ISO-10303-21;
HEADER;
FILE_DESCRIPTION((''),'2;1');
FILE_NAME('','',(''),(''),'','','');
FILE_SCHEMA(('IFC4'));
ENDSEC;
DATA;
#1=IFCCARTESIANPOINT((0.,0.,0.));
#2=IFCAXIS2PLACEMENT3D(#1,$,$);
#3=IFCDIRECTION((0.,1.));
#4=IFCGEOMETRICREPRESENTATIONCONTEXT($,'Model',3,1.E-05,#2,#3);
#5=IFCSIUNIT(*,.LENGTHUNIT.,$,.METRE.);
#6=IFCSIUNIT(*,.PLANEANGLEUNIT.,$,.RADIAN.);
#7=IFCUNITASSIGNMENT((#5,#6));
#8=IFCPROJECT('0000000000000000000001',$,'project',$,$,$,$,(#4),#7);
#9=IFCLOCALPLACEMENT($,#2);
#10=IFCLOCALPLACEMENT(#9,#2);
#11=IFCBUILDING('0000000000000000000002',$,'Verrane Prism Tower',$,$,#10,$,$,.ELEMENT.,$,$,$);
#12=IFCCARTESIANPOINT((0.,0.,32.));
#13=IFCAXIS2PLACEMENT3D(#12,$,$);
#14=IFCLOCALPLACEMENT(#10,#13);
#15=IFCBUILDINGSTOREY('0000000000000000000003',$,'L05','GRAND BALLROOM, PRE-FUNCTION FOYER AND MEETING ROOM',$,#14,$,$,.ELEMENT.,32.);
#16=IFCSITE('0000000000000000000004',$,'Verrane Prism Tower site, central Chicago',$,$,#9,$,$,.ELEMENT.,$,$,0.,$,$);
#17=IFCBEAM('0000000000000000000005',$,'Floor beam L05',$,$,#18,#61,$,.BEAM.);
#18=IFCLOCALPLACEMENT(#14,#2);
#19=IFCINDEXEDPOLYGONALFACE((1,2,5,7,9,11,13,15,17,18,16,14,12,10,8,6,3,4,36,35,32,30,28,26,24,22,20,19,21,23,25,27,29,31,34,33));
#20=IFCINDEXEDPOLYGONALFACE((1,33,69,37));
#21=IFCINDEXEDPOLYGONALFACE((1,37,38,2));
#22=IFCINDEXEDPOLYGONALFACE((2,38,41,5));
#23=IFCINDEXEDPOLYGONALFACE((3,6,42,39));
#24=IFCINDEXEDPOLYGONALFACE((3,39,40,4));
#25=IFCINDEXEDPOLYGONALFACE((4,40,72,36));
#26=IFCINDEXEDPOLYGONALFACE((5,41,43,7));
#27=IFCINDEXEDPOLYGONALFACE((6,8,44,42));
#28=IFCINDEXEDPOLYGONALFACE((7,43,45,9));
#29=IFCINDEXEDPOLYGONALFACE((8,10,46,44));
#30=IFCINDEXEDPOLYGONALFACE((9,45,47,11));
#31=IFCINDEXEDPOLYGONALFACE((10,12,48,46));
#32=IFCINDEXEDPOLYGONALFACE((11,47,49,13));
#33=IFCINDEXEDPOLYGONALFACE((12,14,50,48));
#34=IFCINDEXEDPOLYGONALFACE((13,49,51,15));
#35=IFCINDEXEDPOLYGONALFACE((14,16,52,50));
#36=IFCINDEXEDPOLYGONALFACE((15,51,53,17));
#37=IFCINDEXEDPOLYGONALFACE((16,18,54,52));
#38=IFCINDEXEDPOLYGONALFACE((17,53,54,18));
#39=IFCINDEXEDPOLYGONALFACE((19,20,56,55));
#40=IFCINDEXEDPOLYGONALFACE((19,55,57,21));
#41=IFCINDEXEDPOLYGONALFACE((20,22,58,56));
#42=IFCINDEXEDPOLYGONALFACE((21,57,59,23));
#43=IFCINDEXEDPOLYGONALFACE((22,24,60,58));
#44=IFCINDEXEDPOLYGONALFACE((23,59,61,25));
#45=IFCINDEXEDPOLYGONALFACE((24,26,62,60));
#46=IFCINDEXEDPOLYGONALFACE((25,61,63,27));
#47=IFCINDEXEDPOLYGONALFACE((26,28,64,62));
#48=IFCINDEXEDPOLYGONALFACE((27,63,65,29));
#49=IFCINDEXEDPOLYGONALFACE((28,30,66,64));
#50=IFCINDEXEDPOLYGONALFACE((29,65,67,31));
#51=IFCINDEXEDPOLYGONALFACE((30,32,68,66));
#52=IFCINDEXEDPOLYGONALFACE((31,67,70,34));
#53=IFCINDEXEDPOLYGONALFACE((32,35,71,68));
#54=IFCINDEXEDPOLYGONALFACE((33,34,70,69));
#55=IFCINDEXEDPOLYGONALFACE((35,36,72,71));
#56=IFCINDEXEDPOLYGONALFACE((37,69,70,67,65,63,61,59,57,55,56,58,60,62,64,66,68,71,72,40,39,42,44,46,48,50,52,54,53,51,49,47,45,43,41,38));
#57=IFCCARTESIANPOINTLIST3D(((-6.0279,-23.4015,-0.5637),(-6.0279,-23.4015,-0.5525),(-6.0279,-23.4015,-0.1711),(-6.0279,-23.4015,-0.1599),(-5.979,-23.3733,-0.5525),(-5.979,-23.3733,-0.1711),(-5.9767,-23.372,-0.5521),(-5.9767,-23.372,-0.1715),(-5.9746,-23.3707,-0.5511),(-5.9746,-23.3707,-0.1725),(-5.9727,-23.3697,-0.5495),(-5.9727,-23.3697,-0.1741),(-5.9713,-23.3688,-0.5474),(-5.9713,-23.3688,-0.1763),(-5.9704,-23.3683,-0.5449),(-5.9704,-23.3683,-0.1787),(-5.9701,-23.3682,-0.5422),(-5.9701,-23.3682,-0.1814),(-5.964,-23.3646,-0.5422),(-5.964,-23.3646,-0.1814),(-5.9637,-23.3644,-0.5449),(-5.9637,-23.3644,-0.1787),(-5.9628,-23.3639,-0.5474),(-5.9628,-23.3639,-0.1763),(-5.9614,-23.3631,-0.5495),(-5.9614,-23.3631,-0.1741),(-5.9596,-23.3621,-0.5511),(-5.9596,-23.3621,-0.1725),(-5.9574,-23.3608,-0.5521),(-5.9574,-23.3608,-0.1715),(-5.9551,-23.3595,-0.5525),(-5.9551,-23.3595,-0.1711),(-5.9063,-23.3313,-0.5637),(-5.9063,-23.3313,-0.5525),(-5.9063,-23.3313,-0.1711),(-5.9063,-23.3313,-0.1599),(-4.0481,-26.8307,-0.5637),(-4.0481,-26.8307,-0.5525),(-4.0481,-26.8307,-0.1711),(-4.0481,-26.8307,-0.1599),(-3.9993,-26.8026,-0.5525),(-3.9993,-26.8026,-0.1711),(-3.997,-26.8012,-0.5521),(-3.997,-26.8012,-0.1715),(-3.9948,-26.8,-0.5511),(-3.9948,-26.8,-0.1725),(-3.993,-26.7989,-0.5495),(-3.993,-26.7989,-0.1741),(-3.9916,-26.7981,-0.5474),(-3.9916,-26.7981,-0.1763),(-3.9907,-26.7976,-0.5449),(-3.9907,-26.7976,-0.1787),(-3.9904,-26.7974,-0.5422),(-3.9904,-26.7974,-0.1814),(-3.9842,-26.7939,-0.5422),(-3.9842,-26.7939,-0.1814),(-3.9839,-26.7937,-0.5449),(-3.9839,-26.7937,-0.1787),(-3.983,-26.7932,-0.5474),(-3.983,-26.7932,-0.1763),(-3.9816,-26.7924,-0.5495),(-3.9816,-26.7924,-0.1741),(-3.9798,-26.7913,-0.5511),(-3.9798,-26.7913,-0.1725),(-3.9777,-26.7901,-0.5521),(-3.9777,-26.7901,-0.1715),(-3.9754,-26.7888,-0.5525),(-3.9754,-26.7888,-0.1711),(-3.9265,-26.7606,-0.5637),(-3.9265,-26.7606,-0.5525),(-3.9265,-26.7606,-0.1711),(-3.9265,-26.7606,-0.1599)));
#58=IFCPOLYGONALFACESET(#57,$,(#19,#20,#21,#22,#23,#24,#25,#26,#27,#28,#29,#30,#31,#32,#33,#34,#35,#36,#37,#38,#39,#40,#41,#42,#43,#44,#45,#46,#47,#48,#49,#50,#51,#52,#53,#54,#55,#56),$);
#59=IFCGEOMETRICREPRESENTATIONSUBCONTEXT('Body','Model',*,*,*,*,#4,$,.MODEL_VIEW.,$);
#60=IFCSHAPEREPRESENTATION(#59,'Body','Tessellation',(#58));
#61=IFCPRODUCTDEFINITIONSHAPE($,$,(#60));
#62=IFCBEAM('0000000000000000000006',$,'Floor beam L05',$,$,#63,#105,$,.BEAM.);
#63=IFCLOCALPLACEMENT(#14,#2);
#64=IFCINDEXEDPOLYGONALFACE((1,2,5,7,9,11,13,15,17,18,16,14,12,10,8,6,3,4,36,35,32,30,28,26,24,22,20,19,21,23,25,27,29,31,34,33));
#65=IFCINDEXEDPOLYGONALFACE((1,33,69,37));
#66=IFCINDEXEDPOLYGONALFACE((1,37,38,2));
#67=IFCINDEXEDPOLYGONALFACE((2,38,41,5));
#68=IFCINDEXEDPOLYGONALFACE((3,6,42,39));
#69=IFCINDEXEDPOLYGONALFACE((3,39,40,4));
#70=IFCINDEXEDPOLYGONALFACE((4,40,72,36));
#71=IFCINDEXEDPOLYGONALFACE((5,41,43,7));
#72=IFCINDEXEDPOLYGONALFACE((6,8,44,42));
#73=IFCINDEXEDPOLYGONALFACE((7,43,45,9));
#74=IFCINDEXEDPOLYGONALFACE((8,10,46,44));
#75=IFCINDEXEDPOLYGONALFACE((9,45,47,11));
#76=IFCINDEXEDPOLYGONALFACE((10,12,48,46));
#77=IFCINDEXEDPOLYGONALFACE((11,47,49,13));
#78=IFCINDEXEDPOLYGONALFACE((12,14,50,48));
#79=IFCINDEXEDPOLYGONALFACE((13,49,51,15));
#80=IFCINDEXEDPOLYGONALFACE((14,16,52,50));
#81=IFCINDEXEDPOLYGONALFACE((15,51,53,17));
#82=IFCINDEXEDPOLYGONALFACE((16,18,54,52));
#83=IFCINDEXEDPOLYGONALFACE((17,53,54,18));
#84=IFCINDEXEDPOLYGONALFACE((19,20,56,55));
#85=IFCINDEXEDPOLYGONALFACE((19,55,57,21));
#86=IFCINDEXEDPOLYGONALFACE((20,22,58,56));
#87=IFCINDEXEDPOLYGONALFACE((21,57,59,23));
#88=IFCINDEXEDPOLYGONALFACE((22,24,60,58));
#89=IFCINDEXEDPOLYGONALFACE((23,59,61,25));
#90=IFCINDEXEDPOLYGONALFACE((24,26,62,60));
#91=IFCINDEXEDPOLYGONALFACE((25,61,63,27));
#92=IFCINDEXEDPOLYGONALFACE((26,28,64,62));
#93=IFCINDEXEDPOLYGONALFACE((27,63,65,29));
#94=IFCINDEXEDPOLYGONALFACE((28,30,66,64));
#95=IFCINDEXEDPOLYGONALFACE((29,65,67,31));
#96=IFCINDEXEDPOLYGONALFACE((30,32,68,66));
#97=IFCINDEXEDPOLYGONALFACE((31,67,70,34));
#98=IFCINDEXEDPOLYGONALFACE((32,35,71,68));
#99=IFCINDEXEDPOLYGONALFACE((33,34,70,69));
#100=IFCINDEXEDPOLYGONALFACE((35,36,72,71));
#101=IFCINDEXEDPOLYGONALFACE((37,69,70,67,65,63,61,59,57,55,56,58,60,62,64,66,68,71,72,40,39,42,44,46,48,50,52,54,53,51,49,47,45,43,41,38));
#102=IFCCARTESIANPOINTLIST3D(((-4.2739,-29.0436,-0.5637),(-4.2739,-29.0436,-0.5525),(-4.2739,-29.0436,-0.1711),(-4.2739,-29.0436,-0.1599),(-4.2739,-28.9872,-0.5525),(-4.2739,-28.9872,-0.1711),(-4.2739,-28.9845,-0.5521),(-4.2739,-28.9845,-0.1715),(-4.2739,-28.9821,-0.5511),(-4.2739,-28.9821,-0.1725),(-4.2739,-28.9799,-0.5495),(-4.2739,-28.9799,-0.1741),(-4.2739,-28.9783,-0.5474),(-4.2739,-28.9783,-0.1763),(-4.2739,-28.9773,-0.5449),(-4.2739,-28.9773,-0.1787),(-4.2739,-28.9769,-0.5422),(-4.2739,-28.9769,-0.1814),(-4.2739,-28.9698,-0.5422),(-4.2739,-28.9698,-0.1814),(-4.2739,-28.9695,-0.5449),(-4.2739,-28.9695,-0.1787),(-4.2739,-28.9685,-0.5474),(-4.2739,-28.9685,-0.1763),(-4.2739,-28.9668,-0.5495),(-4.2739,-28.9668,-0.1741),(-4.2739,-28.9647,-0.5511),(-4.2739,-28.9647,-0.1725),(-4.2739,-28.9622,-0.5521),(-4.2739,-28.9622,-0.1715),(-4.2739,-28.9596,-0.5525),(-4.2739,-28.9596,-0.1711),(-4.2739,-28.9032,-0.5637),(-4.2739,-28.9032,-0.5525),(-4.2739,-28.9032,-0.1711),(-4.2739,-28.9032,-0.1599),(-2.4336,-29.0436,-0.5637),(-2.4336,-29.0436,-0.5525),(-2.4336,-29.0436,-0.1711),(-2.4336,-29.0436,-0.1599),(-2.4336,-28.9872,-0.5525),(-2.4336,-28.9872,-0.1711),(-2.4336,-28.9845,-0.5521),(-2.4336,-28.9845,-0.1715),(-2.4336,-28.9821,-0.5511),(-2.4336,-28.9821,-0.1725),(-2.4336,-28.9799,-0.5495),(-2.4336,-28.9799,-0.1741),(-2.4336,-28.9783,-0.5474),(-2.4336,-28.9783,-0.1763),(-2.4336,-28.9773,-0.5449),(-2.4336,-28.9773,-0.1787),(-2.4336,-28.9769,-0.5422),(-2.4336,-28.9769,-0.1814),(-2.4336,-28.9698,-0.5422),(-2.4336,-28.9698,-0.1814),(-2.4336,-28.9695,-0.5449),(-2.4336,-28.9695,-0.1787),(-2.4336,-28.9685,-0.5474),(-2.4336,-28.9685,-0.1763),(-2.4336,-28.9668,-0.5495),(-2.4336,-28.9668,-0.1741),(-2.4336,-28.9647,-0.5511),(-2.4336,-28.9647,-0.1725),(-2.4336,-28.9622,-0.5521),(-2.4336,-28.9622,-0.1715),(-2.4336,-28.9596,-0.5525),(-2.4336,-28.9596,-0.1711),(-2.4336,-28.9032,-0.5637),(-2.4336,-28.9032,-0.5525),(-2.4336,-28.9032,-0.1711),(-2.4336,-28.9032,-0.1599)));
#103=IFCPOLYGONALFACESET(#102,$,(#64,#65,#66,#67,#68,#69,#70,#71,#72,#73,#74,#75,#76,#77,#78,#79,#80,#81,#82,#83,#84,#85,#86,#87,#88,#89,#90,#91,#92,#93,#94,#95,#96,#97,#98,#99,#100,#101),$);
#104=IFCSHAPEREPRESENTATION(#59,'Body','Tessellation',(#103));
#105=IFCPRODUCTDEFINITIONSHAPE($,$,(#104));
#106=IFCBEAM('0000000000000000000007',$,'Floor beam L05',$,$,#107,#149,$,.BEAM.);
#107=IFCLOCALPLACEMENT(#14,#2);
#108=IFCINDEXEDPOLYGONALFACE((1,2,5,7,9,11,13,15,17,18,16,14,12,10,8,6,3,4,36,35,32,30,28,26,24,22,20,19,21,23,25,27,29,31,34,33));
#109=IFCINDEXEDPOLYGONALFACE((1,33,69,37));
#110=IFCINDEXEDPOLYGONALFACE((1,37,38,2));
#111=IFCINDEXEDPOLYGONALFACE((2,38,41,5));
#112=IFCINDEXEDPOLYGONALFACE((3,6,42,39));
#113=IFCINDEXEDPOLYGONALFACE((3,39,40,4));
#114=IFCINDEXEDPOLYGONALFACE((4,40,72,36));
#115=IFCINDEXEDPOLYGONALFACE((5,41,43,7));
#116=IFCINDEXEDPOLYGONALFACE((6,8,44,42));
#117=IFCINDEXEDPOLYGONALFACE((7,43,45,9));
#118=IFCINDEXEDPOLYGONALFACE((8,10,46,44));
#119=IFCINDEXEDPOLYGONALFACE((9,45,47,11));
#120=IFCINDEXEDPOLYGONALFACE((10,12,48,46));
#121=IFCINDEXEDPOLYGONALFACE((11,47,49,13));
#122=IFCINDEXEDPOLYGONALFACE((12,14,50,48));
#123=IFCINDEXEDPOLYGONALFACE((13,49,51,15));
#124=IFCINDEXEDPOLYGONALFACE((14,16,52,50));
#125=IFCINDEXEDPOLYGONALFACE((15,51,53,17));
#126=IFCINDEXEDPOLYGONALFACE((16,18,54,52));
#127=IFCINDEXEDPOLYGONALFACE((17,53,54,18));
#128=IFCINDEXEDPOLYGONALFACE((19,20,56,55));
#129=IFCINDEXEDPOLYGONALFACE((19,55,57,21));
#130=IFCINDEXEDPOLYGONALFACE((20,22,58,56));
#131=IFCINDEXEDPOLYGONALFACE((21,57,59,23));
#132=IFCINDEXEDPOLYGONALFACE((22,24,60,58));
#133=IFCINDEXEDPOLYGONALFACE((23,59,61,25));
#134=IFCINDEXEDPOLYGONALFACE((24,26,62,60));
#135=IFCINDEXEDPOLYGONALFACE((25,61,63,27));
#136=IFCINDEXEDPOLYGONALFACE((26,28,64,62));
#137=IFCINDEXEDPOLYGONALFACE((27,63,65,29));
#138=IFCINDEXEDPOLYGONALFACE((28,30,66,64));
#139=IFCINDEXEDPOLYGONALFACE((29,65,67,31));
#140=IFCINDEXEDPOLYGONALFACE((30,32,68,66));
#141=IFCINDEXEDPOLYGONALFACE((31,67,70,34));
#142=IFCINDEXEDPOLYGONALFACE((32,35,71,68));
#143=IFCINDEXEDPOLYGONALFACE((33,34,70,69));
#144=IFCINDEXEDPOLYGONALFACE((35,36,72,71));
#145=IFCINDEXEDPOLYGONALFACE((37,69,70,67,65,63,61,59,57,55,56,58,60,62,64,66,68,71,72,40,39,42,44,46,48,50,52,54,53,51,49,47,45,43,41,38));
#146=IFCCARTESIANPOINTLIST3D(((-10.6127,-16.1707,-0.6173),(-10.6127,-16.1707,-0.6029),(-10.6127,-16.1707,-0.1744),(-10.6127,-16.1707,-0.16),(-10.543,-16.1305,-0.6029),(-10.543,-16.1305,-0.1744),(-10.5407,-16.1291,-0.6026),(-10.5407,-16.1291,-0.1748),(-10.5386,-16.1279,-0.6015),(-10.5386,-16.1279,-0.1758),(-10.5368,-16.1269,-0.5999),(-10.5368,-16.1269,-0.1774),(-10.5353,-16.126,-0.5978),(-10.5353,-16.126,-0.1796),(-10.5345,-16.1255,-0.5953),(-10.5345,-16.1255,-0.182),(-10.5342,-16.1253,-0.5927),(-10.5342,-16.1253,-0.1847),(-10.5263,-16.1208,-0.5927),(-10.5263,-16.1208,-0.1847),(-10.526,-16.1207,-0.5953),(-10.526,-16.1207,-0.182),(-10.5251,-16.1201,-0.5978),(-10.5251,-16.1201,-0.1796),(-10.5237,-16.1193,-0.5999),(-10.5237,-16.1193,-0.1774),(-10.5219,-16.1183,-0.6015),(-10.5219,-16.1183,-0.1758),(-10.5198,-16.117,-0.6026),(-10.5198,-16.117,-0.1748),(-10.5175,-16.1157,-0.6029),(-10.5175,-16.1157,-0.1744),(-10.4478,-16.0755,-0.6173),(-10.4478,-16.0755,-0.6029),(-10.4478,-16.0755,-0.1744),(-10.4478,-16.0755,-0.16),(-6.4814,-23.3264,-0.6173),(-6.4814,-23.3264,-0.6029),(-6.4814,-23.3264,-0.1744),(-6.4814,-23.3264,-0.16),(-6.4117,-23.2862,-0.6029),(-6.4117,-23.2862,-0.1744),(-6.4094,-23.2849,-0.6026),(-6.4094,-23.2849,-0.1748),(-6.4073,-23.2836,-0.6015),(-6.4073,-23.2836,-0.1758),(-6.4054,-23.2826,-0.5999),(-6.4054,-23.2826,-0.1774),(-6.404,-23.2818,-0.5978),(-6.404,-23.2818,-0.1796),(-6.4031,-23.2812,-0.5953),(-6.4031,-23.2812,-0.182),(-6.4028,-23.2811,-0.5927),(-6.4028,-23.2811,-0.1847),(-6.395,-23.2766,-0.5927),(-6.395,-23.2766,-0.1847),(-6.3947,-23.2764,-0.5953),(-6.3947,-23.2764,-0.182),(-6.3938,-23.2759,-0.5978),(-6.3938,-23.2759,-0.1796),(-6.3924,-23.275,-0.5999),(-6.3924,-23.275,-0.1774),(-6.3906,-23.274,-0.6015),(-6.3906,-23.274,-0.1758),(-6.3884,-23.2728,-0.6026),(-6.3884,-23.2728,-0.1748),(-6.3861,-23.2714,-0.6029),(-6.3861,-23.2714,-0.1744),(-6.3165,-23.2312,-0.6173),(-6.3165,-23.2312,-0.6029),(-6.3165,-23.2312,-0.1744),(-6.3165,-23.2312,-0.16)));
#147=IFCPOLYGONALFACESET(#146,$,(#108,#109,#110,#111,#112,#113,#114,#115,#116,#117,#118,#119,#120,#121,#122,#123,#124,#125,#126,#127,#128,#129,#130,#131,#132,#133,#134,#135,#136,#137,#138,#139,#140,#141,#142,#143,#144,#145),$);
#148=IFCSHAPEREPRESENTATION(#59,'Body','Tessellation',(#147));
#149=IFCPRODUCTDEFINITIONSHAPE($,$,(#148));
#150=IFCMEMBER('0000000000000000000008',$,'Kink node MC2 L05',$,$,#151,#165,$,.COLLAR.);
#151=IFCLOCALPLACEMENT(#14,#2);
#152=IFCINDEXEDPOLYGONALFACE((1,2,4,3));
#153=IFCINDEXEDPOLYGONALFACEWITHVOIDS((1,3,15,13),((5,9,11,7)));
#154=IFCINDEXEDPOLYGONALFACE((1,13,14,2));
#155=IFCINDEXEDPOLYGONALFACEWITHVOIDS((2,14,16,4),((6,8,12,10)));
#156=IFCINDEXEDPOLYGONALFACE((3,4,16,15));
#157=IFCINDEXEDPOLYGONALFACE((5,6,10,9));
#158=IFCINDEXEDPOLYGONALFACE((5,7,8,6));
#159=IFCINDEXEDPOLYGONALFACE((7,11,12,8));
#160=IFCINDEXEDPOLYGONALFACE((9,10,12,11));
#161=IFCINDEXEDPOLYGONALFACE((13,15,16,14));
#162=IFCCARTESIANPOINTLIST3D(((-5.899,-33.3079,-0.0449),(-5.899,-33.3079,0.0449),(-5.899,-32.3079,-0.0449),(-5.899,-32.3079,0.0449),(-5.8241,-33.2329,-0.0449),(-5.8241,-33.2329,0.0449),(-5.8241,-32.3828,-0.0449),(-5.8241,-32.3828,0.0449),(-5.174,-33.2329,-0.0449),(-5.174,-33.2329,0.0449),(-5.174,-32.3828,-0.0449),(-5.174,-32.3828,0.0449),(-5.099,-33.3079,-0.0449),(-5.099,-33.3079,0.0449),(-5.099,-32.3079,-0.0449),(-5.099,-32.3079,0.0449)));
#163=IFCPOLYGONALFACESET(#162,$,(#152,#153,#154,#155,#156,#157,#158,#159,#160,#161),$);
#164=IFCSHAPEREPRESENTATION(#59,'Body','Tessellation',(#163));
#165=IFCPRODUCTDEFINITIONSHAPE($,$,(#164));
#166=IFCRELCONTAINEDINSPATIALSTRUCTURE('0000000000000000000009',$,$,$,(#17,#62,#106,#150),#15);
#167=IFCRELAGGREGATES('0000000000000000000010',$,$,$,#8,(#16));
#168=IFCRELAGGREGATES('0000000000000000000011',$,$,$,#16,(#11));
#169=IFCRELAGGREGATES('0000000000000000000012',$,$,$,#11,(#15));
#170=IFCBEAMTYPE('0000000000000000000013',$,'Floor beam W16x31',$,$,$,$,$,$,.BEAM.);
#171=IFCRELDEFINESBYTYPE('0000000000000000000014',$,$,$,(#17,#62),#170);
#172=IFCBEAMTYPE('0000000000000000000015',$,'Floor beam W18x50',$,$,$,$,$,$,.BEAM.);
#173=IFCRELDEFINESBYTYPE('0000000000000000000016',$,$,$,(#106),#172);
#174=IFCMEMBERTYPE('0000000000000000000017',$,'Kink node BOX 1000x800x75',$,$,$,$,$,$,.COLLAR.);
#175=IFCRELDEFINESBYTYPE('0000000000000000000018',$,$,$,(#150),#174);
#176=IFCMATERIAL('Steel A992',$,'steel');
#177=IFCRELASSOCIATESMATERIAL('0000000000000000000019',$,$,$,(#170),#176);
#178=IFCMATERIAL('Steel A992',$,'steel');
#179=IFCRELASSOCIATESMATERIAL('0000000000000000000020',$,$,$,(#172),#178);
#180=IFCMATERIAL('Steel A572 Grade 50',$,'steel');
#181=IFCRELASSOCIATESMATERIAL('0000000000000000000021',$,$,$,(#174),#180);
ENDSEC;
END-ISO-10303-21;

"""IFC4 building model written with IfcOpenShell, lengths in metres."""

from ifc_helpers import new_model, si_unit, direction, frame, origin, origin_2d, place, context, subcontext, project, spatial, hollow_rectangle, i_section, extrude, material, material_profile, profile_set, type_object, element, save


model = new_model("IFC4")

# Units and contexts
model_context = context("Model", 3, precision=1e-05, world=origin(), true_north=direction((0.0, 1.0)))
body_context = subcontext(model_context, "Body", "Model", "MODEL_VIEW")
ifc_project = project(units=[si_unit("LENGTHUNIT", "METRE"), si_unit("PLANEANGLEUNIT", "RADIAN")], contexts=[model_context])

# Site, building, storey
site_placement = place(None, origin())
site = spatial("IfcSite", under=ifc_project, at=site_placement, Name="Verrane Prism Tower site, central Chicago", CompositionType="ELEMENT", RefElevation=0.0)
building_placement = place(site_placement, origin())
building = spatial("IfcBuilding", under=site, at=building_placement, Name="Verrane Prism Tower", CompositionType="ELEMENT")
storey_placement = place(building_placement, frame((0.0, 0.0, 32.0)))
storey = spatial("IfcBuildingStorey", under=building, at=storey_placement, Name="L05", Description="GRAND BALLROOM, PRE-FUNCTION FOYER AND MEETING ROOM", CompositionType="ELEMENT", Elevation=32.0)

# Beams
ifc_material_1 = material(Name="Steel A992", Category="steel")
ifc_material_profile_1 = material_profile(ifc_material_1, i_section(OverallWidth=0.1404, OverallDepth=0.4038, WebThickness=0.0071, FlangeThickness=0.0112, FilletRadius=0.0103, at=origin_2d()), Name="W16x31")
ifc_profile_set_1 = profile_set([ifc_material_profile_1], Name="Steel A992")
beam_type_1 = type_object("IfcBeamType", Name="Floor beam W16x31", PredefinedType="BEAM", material=ifc_profile_set_1)
beam_1_placement = place(storey_placement, frame((-3.9873, -26.7957, -0.3618), z_axis=(-0.499979, 0.866038, 0.0), x_axis=(-0.866038, -0.499979, 0.0)))
element("IfcBeam", 1, at=beam_1_placement, inside=storey, type_object=beam_type_1, Name="Floor beam L05", PredefinedType="BEAM", context=body_context, shape_type="SweptSolid", body=[
    extrude(i_section(OverallWidth=0.1404, OverallDepth=0.4038, WebThickness=0.0071, FlangeThickness=0.0112, FilletRadius=0.0103, at=origin_2d()), origin(), (0.0, 0.0, 1.0), 3.9597),
])
beam_2_placement = place(storey_placement, frame((-4.2739, -28.9734, -0.3618), z_axis=(1.0, 0.0, 0.0), x_axis=(0.0, 1.0, 0.0)))
element("IfcBeam", 2, at=beam_2_placement, inside=storey, type_object=beam_type_1, Name="Floor beam L05", PredefinedType="BEAM", context=body_context, shape_type="SweptSolid", body=[
    extrude(i_section(OverallWidth=0.1404, OverallDepth=0.4038, WebThickness=0.0071, FlangeThickness=0.0112, FilletRadius=0.0103, at=origin_2d()), origin(), (0.0, 0.0, 1.0), 1.8403),
])
ifc_material_2 = material(Name="Steel A992", Category="steel")
ifc_material_profile_2 = material_profile(ifc_material_2, i_section(OverallWidth=0.1904, OverallDepth=0.4573, WebThickness=0.009, FlangeThickness=0.0144, FilletRadius=0.0103, at=origin_2d()), Name="W18x50")
ifc_profile_set_2 = profile_set([ifc_material_profile_2], Name="Steel A992")
beam_type_2 = type_object("IfcBeamType", Name="Floor beam W18x50", PredefinedType="BEAM", material=ifc_profile_set_2)
beam_3_placement = place(storey_placement, frame((-6.3989, -23.2788, -0.3887), z_axis=(-0.499997, 0.866027, 0.0), x_axis=(-0.866027, -0.499997, 0.0)))
element("IfcBeam", 3, at=beam_3_placement, inside=storey, type_object=beam_type_2, Name="Floor beam L05", PredefinedType="BEAM", context=body_context, shape_type="SweptSolid", body=[
    extrude(i_section(OverallWidth=0.1904, OverallDepth=0.4573, WebThickness=0.009, FlangeThickness=0.0144, FilletRadius=0.0103, at=origin_2d()), origin(), (0.0, 0.0, 1.0), 8.2627),
])

# Member
ifc_material_3 = material(Name="Steel A572 Grade 50", Category="steel")
ifc_material_profile_3 = material_profile(ifc_material_3, hollow_rectangle(XDim=0.8, YDim=1.0, WallThickness=0.075, at=origin_2d()), Name="BOX 1000x800x75")
ifc_profile_set_3 = profile_set([ifc_material_profile_3], Name="Steel A572 Grade 50")
member_type_1 = type_object("IfcMemberType", Name="Kink node BOX 1000x800x75", PredefinedType="COLLAR", material=ifc_profile_set_3)
member_1_placement = place(storey_placement, frame((-5.499, -32.8079, -0.0449), z_axis=(0.0, 0.0, 1.0), x_axis=(-1.0, 0.0, 0.0)))
element("IfcMember", 4, at=member_1_placement, inside=storey, type_object=member_type_1, Name="Kink node MC2 L05", PredefinedType="COLLAR", context=body_context, shape_type="SweptSolid", body=[
    extrude(hollow_rectangle(XDim=0.8, YDim=1.0, WallThickness=0.075, at=origin_2d()), origin(), (0.0, 0.0, 1.0), 0.0898),
])

save(model, "model.ifc")
